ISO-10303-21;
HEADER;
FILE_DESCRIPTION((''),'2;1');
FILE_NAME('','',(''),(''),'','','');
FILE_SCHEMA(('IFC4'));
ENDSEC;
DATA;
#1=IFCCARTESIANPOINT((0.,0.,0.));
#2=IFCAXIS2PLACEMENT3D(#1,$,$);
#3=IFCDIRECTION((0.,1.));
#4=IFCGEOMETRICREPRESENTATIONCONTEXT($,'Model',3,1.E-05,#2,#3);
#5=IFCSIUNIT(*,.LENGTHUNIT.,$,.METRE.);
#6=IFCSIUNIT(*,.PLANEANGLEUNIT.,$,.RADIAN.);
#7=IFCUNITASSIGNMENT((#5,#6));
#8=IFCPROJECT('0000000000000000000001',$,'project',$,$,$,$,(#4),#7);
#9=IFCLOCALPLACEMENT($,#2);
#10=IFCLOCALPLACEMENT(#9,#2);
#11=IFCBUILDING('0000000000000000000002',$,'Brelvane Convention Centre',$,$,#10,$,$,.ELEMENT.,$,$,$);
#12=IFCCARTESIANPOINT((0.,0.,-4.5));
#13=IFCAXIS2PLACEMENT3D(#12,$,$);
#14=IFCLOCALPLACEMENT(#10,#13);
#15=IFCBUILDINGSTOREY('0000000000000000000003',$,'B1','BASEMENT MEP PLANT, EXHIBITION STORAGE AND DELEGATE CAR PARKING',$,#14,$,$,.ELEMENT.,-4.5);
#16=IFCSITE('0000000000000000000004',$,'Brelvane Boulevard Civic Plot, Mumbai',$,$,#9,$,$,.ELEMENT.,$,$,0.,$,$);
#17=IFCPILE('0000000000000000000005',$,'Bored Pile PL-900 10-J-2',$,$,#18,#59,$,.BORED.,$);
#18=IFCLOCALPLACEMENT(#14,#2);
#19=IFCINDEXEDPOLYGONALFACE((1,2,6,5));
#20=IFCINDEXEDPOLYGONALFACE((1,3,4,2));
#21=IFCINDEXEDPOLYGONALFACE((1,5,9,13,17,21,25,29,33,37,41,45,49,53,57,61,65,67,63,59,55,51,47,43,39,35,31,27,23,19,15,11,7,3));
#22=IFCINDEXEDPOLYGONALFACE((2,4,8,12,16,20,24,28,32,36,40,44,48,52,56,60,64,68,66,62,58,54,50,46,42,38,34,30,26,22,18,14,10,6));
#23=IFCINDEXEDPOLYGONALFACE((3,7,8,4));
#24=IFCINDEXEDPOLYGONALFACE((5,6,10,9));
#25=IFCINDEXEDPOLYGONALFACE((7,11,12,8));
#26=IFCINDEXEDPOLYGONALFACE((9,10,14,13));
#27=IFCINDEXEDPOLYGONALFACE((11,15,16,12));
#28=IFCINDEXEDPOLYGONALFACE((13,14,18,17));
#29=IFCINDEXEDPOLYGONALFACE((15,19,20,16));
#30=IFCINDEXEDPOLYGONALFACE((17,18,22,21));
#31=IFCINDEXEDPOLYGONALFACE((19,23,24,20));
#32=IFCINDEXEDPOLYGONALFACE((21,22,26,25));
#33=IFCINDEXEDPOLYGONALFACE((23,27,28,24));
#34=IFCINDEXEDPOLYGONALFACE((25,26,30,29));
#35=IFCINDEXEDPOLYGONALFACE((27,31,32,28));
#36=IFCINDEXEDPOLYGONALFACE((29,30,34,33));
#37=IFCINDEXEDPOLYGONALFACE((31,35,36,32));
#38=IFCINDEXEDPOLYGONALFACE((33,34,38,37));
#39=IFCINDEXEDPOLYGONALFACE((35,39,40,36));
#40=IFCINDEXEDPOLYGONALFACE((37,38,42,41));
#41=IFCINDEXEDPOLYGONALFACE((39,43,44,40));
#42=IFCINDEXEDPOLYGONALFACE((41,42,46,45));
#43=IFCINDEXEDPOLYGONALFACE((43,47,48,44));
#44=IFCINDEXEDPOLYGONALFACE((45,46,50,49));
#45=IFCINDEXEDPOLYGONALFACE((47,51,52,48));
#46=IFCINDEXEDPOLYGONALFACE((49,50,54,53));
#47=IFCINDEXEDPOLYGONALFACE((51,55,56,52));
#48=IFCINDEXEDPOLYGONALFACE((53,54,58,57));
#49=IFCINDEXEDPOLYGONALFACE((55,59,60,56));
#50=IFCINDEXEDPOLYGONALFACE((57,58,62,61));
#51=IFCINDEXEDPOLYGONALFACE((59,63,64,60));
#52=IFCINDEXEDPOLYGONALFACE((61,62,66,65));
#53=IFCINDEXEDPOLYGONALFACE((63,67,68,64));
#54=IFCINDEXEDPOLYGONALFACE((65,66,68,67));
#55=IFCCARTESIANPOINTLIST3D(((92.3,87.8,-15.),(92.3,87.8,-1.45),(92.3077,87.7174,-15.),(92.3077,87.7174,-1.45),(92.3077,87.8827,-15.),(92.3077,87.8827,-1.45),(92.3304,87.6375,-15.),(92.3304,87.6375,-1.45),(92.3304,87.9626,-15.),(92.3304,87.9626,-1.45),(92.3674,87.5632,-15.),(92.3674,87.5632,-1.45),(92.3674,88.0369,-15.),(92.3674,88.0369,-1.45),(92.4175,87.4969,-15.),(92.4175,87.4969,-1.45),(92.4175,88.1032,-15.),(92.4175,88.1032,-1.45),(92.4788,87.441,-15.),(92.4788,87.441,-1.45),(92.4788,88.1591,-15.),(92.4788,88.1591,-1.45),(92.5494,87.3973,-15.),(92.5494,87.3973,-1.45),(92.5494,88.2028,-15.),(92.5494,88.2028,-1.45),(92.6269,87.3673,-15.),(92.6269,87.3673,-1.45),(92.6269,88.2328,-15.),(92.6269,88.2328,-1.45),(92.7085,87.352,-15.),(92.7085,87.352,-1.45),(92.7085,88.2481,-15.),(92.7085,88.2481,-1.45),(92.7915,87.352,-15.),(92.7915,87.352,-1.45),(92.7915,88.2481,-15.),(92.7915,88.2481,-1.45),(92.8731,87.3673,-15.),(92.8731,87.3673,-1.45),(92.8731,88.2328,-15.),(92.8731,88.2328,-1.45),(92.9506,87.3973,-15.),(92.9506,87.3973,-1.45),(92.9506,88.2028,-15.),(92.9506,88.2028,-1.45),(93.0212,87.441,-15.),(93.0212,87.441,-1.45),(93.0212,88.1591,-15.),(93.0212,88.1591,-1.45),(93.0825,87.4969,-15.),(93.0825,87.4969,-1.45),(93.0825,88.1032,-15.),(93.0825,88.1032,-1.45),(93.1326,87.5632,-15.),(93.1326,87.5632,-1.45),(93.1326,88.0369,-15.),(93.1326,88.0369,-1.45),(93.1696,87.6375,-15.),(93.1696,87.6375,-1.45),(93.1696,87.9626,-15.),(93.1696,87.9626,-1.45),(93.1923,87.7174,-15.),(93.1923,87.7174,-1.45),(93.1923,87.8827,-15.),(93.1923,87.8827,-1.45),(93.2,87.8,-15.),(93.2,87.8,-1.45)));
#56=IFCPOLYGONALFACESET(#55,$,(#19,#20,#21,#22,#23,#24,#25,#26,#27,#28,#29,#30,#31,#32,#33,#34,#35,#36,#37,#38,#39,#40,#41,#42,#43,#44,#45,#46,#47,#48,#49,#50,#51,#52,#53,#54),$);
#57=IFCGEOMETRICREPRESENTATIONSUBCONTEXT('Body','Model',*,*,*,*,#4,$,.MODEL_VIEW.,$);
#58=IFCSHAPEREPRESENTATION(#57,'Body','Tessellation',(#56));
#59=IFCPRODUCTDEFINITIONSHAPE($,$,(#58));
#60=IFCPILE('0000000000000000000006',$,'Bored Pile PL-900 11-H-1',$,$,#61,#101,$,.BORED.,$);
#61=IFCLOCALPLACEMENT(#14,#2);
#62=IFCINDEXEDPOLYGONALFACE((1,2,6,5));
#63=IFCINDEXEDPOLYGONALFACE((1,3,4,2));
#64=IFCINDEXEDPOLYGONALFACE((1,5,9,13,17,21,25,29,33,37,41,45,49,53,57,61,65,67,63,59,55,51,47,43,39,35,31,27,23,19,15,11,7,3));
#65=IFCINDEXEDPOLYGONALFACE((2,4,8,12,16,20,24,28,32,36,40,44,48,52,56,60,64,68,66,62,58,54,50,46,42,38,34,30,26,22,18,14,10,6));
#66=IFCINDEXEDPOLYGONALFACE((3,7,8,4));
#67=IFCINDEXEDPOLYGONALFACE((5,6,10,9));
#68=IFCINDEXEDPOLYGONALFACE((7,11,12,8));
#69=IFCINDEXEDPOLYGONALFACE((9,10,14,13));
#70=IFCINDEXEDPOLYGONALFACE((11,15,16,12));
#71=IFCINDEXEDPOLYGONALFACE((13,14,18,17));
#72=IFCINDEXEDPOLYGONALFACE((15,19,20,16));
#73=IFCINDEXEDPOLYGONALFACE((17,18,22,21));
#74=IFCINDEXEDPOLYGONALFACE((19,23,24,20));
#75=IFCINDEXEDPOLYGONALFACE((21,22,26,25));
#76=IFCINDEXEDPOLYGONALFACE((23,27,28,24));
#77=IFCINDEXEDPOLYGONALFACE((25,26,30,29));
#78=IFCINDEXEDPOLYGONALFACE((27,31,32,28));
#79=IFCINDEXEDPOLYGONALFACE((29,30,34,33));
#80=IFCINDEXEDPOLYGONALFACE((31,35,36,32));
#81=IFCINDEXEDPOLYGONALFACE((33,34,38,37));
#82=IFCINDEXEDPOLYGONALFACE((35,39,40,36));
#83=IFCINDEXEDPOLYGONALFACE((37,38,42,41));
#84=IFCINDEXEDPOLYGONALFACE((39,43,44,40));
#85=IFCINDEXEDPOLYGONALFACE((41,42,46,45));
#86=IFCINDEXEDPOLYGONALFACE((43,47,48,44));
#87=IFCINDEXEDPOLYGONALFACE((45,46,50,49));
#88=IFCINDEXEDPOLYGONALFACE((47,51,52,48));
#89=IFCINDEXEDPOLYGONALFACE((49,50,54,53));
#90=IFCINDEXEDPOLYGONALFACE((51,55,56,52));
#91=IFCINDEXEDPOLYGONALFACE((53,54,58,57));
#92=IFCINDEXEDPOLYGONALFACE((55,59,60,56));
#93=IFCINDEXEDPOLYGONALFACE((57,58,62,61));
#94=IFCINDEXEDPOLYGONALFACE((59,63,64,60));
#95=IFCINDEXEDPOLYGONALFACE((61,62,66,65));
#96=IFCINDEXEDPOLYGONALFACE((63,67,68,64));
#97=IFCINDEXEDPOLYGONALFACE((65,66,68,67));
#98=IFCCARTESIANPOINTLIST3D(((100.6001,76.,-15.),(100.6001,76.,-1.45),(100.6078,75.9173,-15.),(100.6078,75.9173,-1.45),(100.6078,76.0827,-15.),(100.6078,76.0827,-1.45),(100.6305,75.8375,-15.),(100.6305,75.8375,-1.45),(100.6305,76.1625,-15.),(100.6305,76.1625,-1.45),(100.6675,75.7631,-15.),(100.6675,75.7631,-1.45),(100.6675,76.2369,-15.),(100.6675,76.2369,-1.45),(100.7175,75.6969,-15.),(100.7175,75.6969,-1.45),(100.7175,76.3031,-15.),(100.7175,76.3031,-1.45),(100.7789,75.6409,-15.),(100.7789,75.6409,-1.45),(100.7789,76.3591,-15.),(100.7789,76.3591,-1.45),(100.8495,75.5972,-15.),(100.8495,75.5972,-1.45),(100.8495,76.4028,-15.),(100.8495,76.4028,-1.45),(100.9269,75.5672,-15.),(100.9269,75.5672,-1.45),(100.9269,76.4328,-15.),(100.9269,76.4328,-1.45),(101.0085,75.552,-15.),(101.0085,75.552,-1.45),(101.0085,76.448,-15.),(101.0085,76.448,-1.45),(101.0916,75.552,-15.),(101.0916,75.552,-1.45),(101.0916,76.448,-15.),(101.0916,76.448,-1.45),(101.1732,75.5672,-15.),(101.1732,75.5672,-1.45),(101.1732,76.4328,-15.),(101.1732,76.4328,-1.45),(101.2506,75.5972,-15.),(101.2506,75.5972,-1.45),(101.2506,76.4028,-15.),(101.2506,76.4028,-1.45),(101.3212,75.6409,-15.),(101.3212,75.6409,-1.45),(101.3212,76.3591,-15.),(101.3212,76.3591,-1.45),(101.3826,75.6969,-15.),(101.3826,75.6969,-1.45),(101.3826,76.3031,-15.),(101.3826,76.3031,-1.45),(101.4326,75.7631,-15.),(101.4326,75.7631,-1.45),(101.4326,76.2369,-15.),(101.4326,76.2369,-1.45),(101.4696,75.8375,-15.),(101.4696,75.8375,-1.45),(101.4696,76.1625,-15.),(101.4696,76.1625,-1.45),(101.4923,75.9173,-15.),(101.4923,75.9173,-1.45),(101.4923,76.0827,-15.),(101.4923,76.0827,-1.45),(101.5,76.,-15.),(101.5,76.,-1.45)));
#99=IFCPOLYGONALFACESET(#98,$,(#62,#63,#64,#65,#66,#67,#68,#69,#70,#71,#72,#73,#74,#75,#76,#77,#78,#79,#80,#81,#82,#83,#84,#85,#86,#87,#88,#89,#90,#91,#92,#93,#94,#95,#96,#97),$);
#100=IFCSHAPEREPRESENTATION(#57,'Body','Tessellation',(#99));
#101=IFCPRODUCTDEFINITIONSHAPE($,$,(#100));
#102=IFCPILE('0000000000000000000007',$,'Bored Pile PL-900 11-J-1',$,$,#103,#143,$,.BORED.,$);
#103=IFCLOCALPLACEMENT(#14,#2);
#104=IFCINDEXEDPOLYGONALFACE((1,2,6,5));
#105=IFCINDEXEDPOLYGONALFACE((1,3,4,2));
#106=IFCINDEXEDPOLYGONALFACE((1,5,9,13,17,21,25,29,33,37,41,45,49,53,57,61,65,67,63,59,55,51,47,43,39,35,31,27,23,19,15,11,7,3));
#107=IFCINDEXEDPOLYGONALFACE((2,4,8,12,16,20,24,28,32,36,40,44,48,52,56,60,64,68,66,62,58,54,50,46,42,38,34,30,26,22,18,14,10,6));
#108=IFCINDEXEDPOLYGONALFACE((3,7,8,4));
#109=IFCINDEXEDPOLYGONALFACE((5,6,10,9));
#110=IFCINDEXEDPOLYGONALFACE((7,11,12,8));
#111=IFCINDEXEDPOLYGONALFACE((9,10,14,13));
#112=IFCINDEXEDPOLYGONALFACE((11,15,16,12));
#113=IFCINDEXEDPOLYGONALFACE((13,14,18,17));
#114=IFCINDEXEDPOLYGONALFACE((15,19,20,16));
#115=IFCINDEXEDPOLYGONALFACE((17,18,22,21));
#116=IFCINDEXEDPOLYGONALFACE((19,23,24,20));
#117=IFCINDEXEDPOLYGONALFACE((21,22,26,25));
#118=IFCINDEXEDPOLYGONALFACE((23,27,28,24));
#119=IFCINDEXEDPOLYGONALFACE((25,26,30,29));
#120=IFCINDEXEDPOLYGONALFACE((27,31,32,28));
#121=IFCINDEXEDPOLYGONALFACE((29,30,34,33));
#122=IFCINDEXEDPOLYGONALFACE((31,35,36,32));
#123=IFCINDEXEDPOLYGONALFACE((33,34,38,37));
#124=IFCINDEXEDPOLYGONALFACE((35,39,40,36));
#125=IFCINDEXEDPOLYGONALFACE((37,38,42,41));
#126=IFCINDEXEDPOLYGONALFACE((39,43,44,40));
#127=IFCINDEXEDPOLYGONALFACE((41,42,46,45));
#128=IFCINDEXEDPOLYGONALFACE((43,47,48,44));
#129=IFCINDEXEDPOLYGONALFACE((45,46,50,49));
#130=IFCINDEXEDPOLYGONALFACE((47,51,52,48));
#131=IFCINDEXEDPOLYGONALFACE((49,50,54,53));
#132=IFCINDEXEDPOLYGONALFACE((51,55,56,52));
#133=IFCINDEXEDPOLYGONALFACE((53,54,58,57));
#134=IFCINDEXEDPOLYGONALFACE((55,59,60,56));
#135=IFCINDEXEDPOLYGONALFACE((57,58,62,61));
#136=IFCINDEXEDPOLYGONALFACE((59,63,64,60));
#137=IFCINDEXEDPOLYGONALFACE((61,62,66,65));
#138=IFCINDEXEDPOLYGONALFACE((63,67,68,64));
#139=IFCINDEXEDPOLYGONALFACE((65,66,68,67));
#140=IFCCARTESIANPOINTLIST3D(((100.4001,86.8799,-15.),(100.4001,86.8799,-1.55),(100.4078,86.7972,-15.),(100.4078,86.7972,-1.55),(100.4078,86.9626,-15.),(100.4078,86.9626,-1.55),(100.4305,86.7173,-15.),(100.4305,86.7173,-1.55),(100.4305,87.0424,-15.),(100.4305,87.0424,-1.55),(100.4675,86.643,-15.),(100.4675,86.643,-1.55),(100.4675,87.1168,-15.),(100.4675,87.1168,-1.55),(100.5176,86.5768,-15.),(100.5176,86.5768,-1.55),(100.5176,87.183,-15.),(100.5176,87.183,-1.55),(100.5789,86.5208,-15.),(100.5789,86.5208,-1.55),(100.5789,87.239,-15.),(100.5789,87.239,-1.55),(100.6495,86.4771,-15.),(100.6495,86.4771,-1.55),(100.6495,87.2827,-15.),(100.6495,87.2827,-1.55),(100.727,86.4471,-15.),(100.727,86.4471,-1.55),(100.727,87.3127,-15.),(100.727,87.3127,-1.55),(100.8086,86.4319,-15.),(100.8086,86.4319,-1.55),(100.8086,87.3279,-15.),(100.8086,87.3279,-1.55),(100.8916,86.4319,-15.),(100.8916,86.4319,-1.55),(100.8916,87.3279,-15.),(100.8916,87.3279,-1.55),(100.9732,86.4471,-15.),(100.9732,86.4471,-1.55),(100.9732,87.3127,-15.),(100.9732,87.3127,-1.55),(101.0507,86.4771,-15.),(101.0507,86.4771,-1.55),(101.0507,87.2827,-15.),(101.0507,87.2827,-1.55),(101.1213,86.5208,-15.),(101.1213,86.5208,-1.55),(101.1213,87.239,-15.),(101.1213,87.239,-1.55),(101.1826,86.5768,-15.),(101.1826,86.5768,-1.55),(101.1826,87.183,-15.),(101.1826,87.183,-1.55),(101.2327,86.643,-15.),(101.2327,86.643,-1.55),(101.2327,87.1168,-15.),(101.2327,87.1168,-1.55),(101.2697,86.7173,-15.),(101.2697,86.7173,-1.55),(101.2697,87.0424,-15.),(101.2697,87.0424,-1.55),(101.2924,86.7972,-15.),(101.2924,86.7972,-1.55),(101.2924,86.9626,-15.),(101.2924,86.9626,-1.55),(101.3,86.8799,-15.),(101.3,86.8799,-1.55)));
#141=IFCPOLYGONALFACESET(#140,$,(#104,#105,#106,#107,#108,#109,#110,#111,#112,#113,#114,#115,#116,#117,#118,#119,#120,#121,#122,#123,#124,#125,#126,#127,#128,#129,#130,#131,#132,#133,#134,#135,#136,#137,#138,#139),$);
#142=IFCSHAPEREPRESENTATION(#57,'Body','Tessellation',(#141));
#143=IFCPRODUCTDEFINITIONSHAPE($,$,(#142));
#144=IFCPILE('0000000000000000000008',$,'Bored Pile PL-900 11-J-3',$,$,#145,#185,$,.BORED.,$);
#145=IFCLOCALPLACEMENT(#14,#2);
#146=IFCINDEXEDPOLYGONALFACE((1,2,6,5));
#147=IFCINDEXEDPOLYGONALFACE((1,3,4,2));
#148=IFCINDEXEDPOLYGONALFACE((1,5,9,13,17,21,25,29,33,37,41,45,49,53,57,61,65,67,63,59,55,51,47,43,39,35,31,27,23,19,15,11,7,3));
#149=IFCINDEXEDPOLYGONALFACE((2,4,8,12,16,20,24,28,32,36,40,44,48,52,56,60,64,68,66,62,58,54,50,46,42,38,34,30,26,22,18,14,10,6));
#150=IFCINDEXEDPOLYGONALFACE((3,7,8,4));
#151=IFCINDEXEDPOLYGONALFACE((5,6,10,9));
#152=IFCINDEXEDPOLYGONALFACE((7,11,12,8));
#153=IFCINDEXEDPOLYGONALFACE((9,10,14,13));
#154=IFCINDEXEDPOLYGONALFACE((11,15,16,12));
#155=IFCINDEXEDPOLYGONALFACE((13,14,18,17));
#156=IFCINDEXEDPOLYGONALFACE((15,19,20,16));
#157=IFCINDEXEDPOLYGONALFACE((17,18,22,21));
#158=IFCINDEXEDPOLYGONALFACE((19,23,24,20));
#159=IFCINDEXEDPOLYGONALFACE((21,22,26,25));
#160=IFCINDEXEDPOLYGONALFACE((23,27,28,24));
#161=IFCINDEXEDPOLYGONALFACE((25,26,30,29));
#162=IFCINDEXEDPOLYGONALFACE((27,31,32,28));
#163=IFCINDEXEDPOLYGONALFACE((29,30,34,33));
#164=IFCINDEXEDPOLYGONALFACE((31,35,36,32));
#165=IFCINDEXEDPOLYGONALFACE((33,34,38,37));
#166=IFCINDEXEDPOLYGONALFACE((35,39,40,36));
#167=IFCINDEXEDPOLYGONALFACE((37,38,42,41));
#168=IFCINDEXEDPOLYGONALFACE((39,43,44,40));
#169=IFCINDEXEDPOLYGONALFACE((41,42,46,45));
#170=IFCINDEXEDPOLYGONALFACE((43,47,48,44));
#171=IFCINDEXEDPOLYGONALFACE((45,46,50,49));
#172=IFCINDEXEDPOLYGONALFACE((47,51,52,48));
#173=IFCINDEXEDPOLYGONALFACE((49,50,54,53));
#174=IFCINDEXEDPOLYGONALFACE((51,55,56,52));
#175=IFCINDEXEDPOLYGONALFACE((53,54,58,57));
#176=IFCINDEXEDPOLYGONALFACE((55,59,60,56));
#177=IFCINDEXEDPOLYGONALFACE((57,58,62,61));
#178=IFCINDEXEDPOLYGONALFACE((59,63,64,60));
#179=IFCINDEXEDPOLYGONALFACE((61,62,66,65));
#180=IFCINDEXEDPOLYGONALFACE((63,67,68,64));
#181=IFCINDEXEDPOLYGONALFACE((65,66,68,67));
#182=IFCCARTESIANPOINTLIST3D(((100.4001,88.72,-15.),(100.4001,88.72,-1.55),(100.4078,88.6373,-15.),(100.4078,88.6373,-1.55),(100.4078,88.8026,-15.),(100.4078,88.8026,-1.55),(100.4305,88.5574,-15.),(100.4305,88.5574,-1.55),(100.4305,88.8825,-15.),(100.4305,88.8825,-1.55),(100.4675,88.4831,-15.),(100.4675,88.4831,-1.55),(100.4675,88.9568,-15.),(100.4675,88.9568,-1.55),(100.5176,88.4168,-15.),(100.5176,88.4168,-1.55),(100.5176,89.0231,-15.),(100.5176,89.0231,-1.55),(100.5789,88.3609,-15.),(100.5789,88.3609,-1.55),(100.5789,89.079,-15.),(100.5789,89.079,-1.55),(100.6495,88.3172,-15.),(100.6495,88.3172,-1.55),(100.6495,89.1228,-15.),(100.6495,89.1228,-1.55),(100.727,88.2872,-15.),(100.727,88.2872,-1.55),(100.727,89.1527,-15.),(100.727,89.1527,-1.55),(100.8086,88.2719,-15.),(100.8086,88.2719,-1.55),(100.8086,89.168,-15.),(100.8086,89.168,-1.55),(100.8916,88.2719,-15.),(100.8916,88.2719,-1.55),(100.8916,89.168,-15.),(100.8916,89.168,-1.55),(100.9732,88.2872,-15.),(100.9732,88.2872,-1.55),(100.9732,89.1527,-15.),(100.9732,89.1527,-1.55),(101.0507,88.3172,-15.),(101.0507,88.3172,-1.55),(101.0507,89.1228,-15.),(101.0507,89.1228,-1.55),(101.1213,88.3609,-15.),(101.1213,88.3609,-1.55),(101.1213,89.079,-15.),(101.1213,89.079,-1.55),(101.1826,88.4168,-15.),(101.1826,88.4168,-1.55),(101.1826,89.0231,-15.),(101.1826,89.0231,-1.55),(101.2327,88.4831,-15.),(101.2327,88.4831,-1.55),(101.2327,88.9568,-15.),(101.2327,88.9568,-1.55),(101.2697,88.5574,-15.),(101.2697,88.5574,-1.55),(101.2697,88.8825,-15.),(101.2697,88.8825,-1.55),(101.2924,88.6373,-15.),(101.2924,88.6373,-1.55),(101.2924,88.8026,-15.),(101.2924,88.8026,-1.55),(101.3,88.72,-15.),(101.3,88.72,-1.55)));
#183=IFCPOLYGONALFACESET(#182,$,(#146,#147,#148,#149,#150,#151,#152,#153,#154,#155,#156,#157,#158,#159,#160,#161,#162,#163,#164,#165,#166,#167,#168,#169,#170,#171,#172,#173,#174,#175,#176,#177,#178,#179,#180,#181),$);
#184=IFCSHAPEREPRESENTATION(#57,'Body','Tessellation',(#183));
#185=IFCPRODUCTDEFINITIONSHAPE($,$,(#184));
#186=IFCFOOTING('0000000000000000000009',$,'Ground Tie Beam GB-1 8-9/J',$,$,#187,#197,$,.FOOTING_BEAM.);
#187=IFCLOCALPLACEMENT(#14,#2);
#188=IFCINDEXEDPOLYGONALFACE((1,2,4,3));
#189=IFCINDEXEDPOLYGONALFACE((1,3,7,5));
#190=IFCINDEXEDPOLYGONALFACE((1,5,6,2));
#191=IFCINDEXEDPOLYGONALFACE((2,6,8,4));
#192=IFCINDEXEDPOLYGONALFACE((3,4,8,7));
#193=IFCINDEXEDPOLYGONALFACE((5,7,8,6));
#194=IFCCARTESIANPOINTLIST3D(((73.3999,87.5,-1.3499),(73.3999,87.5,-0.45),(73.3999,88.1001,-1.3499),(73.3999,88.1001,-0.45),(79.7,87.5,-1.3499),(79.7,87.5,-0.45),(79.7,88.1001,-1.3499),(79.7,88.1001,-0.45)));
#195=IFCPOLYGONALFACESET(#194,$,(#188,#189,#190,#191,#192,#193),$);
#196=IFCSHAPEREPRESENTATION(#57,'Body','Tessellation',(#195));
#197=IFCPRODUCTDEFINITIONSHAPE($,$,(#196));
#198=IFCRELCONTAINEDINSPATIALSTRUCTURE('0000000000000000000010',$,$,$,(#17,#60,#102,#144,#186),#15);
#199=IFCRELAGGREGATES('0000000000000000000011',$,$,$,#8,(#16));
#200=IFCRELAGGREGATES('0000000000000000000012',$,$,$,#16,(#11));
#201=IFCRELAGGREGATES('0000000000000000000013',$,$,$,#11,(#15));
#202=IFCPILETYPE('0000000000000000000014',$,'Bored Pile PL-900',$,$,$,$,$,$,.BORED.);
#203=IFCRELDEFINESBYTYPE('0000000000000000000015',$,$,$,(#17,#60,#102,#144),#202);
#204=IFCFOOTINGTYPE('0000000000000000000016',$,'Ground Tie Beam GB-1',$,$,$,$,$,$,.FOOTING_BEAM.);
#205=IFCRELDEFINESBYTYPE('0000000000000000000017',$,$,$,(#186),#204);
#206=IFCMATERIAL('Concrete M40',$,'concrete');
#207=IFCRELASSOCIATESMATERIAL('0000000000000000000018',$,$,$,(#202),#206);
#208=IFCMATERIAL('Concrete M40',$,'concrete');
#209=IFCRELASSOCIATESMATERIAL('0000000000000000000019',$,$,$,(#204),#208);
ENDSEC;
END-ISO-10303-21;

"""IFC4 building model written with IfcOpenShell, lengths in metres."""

from ifc_helpers import new_model, si_unit, direction, frame, origin, origin_2d, place, context, subcontext, project, spatial, rectangle, circle, extrude, material, material_profile, profile_set, type_object, element, save


model = new_model("IFC4")

# Units and contexts
model_context = context("Model", 3, precision=1e-05, world=origin(), true_north=direction((0.0, 1.0)))
body_context = subcontext(model_context, "Body", "Model", "MODEL_VIEW")
ifc_project = project(units=[si_unit("LENGTHUNIT", "METRE"), si_unit("PLANEANGLEUNIT", "RADIAN")], contexts=[model_context])

# Site, building, storey
site_placement = place(None, origin())
site = spatial("IfcSite", under=ifc_project, at=site_placement, Name="Brelvane Boulevard Civic Plot, Mumbai", CompositionType="ELEMENT", RefElevation=0.0)
building_placement = place(site_placement, origin())
building = spatial("IfcBuilding", under=site, at=building_placement, Name="Brelvane Convention Centre", CompositionType="ELEMENT")
storey_placement = place(building_placement, frame((0.0, 0.0, -4.5)))
storey = spatial("IfcBuildingStorey", under=building, at=storey_placement, Name="B1", Description="BASEMENT MEP PLANT, EXHIBITION STORAGE AND DELEGATE CAR PARKING", CompositionType="ELEMENT", Elevation=-4.5)

# Piles
ifc_material_1 = material(Name="Concrete M40", Category="concrete")
ifc_material_profile_1 = material_profile(ifc_material_1, circle(Radius=0.45, at=origin_2d()), Name="PILE D900")
ifc_profile_set_1 = profile_set([ifc_material_profile_1], Name="Concrete M40")
pile_type = type_object("IfcPileType", Name="Bored Pile PL-900", PredefinedType="BORED", material=ifc_profile_set_1)
for number, where, z_axis, x_axis, name in (
    (1, (92.75, 87.8, -1.45), (0.0, 0.0, -1.0), (1.0, 0.0, 0.0), "Bored Pile PL-900 10-J-2"),
    (2, (101.05, 76.0, -1.45), (0.0, 0.0, -1.0), (1.0, 0.0, 0.0), "Bored Pile PL-900 11-H-1"),
):
    element("IfcPile", number, at=place(storey_placement, frame(where, z_axis=z_axis, x_axis=x_axis)), inside=storey, type_object=pile_type, Name=name, PredefinedType="BORED", context=body_context, shape_type="SweptSolid", body=[
        extrude(circle(Radius=0.45, at=origin_2d()), origin(), (0.0, 0.0, 1.0), 13.55),
    ])
for number, where, z_axis, x_axis, name in (
    (3, (100.8501, 86.8799, -1.55), (0.0, 0.0, -1.0), (1.0, 0.0, 0.0), "Bored Pile PL-900 11-J-1"),
    (4, (100.8501, 88.72, -1.55), (0.0, 0.0, -1.0), (1.0, 0.0, 0.0), "Bored Pile PL-900 11-J-3"),
):
    element("IfcPile", number, at=place(storey_placement, frame(where, z_axis=z_axis, x_axis=x_axis)), inside=storey, type_object=pile_type, Name=name, PredefinedType="BORED", context=body_context, shape_type="SweptSolid", body=[
        extrude(circle(Radius=0.45, at=origin_2d()), origin(), (0.0, 0.0, 1.0), 13.45),
    ])

# Footing
ifc_material_2 = material(Name="Concrete M40", Category="concrete")
ifc_material_profile_2 = material_profile(ifc_material_2, rectangle(XDim=0.6001, YDim=0.8999, at=origin_2d()), Name="RC 600x900")
ifc_profile_set_2 = profile_set([ifc_material_profile_2], Name="Concrete M40")
footing_type_1 = type_object("IfcFootingType", Name="Ground Tie Beam GB-1", PredefinedType="FOOTING_BEAM", material=ifc_profile_set_2)
footing_1_placement = place(storey_placement, frame((73.3999, 87.8, -0.8999), z_axis=(1.0, 0.0, 0.0), x_axis=(0.0, 1.0, 0.0)))
element("IfcFooting", 5, at=footing_1_placement, inside=storey, type_object=footing_type_1, Name="Ground Tie Beam GB-1 8-9/J", PredefinedType="FOOTING_BEAM", context=body_context, shape_type="SweptSolid", body=[
    extrude(rectangle(XDim=0.6001, YDim=0.8999, at=origin_2d()), origin(), (0.0, 0.0, 1.0), 6.3),
])

save(model, "model.ifc")
